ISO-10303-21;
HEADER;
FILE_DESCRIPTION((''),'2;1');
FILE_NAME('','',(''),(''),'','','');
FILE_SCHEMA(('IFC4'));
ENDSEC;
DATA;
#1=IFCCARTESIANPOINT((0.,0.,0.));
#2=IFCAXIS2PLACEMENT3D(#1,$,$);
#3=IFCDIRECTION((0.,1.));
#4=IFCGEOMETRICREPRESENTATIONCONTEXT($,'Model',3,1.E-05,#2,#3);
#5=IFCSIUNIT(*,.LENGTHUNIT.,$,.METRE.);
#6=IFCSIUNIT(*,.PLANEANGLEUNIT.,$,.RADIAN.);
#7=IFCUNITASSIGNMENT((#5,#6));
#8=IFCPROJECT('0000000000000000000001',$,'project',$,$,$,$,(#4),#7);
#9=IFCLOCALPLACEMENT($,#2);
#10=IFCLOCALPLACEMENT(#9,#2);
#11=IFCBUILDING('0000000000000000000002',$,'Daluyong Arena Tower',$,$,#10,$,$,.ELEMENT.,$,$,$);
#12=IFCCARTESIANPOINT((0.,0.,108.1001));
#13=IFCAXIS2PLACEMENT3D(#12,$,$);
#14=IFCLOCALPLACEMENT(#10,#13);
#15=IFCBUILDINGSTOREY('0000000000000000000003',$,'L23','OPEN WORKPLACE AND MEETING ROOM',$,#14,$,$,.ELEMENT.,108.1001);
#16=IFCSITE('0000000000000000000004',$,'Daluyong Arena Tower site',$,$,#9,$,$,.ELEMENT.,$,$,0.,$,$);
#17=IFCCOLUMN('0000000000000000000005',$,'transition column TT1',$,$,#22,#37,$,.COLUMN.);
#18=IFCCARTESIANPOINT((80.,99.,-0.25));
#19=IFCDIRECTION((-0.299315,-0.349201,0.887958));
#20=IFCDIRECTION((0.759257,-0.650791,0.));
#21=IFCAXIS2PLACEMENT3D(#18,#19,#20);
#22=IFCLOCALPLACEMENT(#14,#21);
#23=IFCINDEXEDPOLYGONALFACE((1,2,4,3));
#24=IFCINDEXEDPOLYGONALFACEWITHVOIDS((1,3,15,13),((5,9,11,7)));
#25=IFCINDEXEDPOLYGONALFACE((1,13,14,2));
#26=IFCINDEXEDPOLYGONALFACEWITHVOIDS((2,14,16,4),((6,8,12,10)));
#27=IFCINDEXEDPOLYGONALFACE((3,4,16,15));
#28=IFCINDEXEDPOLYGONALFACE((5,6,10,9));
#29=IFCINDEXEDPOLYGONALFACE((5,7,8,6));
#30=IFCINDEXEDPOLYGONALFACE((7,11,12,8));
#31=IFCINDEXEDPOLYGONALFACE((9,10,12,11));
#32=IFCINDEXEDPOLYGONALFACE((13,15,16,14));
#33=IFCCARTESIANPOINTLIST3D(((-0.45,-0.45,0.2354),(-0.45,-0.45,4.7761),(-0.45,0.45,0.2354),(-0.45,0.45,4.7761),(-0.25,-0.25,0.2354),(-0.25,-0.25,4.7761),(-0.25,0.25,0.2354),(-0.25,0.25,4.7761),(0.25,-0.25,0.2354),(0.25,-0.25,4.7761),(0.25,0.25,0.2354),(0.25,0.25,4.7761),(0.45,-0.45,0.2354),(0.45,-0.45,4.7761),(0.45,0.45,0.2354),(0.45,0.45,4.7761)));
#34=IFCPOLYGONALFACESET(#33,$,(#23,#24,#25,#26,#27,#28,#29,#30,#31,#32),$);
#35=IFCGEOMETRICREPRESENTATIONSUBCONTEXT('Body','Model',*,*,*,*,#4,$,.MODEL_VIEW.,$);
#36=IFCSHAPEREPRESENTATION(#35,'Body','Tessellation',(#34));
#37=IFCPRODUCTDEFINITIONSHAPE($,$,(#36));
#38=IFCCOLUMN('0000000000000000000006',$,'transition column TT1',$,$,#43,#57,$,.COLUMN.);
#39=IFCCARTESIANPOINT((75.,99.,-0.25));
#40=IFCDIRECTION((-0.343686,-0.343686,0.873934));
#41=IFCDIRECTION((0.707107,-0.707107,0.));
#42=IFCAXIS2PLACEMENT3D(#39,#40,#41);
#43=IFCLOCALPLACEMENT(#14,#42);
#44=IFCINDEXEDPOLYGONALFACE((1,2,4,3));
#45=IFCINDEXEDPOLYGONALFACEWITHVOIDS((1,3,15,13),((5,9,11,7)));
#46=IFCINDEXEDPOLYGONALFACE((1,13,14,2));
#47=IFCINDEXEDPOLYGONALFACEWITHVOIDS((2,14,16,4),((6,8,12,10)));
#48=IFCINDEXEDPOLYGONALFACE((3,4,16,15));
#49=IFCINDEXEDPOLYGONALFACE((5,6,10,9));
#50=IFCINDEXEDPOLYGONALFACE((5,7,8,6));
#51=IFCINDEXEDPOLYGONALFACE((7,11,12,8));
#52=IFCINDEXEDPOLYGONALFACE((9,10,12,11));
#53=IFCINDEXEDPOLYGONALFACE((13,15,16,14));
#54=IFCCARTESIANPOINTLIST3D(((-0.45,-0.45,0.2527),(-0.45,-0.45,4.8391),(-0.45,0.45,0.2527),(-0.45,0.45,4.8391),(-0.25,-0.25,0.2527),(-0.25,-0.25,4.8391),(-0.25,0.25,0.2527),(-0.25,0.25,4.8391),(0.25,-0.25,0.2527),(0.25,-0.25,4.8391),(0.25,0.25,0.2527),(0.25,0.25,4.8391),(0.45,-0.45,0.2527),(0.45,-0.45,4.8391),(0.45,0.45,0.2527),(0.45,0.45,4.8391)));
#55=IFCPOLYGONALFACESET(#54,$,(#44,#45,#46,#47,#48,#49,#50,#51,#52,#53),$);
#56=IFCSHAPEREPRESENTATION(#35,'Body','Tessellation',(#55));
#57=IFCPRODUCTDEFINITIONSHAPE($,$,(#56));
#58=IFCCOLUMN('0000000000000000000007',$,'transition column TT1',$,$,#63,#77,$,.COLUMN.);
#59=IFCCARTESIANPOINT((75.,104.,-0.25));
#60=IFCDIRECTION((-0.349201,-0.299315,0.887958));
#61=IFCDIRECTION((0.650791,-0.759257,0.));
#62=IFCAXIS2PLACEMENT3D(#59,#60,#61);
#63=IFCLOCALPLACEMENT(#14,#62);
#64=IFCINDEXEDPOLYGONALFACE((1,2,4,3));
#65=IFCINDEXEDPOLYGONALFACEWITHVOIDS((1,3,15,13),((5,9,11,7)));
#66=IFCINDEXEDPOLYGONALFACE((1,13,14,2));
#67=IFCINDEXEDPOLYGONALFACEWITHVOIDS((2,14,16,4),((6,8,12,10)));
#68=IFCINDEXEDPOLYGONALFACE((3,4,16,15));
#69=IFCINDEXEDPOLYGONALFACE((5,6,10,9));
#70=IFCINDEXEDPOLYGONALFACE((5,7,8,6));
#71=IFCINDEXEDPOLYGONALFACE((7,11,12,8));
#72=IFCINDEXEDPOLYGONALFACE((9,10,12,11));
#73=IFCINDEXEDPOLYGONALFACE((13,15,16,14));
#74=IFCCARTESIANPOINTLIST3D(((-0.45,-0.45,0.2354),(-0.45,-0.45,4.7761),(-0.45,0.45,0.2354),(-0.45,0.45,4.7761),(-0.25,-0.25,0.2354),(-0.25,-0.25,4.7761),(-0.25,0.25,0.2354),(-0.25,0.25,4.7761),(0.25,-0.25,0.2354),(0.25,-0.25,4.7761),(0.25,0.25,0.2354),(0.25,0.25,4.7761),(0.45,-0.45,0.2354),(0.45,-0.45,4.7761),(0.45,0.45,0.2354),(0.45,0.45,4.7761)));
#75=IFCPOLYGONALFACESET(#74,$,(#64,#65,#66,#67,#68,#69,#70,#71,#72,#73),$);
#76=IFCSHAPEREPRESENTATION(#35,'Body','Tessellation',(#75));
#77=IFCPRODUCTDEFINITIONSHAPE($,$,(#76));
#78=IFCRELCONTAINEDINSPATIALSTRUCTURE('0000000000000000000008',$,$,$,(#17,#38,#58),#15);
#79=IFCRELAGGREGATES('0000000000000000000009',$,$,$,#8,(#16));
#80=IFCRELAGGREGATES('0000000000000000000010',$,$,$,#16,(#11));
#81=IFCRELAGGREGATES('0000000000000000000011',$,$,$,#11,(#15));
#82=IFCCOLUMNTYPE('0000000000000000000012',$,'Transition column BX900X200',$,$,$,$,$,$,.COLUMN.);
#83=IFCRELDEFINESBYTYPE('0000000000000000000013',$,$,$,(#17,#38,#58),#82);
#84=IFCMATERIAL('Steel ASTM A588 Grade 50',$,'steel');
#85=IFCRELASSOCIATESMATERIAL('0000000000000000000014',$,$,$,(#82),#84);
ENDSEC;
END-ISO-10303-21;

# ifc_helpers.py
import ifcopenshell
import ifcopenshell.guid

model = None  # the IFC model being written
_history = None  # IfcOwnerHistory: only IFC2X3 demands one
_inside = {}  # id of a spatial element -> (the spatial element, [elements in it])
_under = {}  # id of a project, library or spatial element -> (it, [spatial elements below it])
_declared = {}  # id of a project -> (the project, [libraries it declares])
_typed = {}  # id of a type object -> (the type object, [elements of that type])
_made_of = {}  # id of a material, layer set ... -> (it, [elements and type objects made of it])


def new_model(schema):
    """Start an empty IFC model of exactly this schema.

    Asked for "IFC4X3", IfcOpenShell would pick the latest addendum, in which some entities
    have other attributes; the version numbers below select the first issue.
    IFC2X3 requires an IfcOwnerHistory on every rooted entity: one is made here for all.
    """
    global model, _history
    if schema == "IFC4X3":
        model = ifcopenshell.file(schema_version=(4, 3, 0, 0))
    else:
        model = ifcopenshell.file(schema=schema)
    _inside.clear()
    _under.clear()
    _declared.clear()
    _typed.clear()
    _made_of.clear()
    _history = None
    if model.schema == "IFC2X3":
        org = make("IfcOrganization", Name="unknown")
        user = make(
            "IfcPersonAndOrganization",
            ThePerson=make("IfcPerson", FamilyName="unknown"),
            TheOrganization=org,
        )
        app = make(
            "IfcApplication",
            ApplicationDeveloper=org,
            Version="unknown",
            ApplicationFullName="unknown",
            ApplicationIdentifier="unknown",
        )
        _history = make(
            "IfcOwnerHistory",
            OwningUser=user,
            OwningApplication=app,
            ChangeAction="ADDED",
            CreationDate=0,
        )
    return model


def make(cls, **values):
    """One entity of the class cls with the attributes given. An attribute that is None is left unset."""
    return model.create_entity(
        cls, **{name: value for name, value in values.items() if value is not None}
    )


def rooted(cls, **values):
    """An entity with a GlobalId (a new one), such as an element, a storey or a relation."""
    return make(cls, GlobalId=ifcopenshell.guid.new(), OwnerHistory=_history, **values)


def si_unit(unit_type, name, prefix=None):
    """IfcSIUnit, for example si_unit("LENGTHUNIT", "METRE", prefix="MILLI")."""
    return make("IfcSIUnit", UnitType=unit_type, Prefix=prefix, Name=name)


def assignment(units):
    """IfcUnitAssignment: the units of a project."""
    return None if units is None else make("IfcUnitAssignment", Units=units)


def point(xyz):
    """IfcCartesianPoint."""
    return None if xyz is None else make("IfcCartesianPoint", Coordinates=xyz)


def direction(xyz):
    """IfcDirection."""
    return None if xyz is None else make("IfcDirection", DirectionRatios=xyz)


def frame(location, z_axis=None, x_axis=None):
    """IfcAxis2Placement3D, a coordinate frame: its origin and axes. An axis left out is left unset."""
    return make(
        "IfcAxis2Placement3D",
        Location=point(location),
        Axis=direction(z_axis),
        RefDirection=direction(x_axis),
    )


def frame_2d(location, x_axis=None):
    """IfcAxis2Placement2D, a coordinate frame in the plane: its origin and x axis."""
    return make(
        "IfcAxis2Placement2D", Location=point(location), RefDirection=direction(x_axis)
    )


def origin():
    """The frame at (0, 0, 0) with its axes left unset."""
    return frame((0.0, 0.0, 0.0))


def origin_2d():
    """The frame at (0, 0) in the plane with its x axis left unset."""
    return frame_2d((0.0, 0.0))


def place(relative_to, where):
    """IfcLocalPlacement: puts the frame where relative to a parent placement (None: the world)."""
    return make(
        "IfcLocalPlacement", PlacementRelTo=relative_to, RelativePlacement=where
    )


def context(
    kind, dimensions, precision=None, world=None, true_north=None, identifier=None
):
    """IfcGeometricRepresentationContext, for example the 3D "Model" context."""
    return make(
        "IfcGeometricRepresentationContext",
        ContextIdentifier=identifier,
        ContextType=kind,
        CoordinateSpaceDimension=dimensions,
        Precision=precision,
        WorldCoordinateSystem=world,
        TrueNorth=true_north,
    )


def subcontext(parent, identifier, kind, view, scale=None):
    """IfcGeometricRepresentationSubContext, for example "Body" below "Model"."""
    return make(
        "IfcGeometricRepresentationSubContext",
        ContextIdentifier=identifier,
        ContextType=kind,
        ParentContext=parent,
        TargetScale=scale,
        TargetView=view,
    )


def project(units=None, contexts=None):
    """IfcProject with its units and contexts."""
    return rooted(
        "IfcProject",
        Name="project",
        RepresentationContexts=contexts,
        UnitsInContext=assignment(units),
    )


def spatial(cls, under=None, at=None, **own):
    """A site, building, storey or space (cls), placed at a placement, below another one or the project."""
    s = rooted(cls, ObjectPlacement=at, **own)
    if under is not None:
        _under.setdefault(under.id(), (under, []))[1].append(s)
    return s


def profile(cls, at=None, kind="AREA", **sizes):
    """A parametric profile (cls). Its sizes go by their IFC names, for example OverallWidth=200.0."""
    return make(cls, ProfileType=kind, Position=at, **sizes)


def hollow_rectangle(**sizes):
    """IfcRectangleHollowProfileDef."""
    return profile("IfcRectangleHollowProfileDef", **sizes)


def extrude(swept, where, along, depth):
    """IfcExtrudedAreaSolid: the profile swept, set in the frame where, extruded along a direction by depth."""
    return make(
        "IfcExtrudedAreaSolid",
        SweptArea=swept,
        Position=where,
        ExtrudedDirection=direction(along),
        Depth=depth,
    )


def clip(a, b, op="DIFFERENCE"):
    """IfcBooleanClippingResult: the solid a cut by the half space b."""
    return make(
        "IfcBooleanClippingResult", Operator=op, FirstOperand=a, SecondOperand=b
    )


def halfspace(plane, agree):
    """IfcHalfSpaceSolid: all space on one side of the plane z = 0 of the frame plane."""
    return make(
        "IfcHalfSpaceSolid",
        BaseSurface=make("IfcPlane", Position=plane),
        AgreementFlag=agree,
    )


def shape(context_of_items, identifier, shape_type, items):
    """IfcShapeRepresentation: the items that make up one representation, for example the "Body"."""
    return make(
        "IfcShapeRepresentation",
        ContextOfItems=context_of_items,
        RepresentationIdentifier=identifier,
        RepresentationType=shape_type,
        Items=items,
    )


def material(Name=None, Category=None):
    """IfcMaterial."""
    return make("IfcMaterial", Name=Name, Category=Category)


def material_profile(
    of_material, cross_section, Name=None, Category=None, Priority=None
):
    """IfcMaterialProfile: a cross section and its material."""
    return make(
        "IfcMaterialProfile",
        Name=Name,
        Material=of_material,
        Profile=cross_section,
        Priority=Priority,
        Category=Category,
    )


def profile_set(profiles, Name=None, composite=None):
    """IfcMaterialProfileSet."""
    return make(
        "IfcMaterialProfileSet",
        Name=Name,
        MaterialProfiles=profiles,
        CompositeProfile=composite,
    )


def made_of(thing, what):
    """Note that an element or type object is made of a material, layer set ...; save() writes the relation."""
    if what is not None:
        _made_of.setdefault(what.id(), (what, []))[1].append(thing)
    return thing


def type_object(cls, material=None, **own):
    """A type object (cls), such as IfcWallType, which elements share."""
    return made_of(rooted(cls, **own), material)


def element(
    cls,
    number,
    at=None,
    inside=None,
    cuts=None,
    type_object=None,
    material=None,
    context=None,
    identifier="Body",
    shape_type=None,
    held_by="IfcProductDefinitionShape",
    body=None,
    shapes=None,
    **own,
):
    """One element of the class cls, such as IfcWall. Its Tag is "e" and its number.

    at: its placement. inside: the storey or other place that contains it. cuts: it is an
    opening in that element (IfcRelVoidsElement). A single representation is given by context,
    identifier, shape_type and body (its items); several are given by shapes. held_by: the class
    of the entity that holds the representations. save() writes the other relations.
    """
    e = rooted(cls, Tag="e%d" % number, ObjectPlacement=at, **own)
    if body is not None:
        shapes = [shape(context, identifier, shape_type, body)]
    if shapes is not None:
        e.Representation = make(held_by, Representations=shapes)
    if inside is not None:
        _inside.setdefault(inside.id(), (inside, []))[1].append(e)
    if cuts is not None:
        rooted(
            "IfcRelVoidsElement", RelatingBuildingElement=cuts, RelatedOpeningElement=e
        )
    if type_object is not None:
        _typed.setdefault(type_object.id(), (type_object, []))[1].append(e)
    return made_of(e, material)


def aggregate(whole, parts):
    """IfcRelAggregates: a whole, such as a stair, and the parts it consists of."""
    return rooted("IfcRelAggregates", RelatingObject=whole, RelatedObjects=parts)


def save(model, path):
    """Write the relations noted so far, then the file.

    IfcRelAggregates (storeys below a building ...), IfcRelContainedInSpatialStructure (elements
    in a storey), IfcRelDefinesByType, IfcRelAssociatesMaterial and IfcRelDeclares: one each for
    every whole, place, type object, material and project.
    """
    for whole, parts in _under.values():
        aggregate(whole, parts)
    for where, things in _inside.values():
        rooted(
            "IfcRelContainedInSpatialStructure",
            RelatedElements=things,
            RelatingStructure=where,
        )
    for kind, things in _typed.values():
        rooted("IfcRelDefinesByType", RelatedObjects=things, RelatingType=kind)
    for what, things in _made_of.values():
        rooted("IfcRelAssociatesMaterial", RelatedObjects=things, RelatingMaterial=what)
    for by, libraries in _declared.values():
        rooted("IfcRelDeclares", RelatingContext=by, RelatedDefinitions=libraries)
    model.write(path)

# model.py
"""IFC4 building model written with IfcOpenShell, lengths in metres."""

from ifc_helpers import new_model, si_unit, direction, frame, origin, origin_2d, place, context, subcontext, project, spatial, hollow_rectangle, extrude, clip, halfspace, material, material_profile, profile_set, type_object, element, save


model = new_model("IFC4")

# Units and contexts
model_context = context("Model", 3, precision=1e-05, world=origin(), true_north=direction((0.0, 1.0)))
body_context = subcontext(model_context, "Body", "Model", "MODEL_VIEW")
ifc_project = project(units=[si_unit("LENGTHUNIT", "METRE"), si_unit("PLANEANGLEUNIT", "RADIAN")], contexts=[model_context])

# Site, building, storey
site_placement = place(None, origin())
site = spatial("IfcSite", under=ifc_project, at=site_placement, Name="Daluyong Arena Tower site", CompositionType="ELEMENT", RefElevation=0.0)
building_placement = place(site_placement, origin())
building = spatial("IfcBuilding", under=site, at=building_placement, Name="Daluyong Arena Tower", CompositionType="ELEMENT")
storey_placement = place(building_placement, frame((0.0, 0.0, 108.1001)))
storey = spatial("IfcBuildingStorey", under=building, at=storey_placement, Name="L23", Description="OPEN WORKPLACE AND MEETING ROOM", CompositionType="ELEMENT", Elevation=108.1001)

# Columns
ifc_material_1 = material(Name="Steel ASTM A588 Grade 50", Category="steel")
ifc_material_profile_1 = material_profile(ifc_material_1, hollow_rectangle(XDim=0.8999, YDim=0.8999, WallThickness=0.2, at=origin_2d()))
ifc_profile_set_1 = profile_set([ifc_material_profile_1], Name="Steel ASTM A588 Grade 50")
column_type_1 = type_object("IfcColumnType", Name="Transition column BX900X200", PredefinedType="COLUMN", material=ifc_profile_set_1)
column_1_placement = place(storey_placement, frame((80.0, 99.0, -0.25), z_axis=(-0.299315, -0.349201, 0.887958), x_axis=(0.759257, -0.650791, 0.0)))
element("IfcColumn", 1, at=column_1_placement, inside=storey, type_object=column_type_1, Name="transition column TT1", PredefinedType="COLUMN", context=body_context, shape_type="Clipping", body=[
    clip(clip(extrude(hollow_rectangle(XDim=0.8999, YDim=0.8999, WallThickness=0.2, at=origin_2d()), origin(), (0.0, 0.0, 1.0), 5.0115), halfspace(frame((0.0, 0.0, 0.2354), z_axis=(0.0, 0.0, 1.0), x_axis=(1.0, 0.0, 0.0)), True)), halfspace(frame((0.0, 0.0, 4.7761), z_axis=(0.0, 0.0, -1.0), x_axis=(1.0, 0.0, 0.0)), True)),
])
column_2_placement = place(storey_placement, frame((75.0, 99.0, -0.25), z_axis=(-0.343686, -0.343686, 0.873934), x_axis=(0.707107, -0.707107, 0.0)))
element("IfcColumn", 2, at=column_2_placement, inside=storey, type_object=column_type_1, Name="transition column TT1", PredefinedType="COLUMN", context=body_context, shape_type="Clipping", body=[
    clip(clip(extrude(hollow_rectangle(XDim=0.8999, YDim=0.8999, WallThickness=0.2, at=origin_2d()), origin(), (0.0, 0.0, 1.0), 5.0918), halfspace(frame((0.0, 0.0, 0.2527), z_axis=(0.0, 0.0, 1.0), x_axis=(1.0, 0.0, 0.0)), True)), halfspace(frame((0.0, 0.0, 4.8391), z_axis=(0.0, 0.0, -1.0), x_axis=(1.0, 0.0, 0.0)), True)),
])
column_3_placement = place(storey_placement, frame((75.0, 104.0, -0.25), z_axis=(-0.349201, -0.299315, 0.887958), x_axis=(0.650791, -0.759257, 0.0)))
element("IfcColumn", 3, at=column_3_placement, inside=storey, type_object=column_type_1, Name="transition column TT1", PredefinedType="COLUMN", context=body_context, shape_type="Clipping", body=[
    clip(clip(extrude(hollow_rectangle(XDim=0.8999, YDim=0.8999, WallThickness=0.2, at=origin_2d()), origin(), (0.0, 0.0, 1.0), 5.0115), halfspace(frame((0.0, 0.0, 0.2354), z_axis=(0.0, 0.0, 1.0), x_axis=(1.0, 0.0, 0.0)), True)), halfspace(frame((0.0, 0.0, 4.7761), z_axis=(0.0, 0.0, -1.0), x_axis=(1.0, 0.0, 0.0)), True)),
])

save(model, "model.ifc")
